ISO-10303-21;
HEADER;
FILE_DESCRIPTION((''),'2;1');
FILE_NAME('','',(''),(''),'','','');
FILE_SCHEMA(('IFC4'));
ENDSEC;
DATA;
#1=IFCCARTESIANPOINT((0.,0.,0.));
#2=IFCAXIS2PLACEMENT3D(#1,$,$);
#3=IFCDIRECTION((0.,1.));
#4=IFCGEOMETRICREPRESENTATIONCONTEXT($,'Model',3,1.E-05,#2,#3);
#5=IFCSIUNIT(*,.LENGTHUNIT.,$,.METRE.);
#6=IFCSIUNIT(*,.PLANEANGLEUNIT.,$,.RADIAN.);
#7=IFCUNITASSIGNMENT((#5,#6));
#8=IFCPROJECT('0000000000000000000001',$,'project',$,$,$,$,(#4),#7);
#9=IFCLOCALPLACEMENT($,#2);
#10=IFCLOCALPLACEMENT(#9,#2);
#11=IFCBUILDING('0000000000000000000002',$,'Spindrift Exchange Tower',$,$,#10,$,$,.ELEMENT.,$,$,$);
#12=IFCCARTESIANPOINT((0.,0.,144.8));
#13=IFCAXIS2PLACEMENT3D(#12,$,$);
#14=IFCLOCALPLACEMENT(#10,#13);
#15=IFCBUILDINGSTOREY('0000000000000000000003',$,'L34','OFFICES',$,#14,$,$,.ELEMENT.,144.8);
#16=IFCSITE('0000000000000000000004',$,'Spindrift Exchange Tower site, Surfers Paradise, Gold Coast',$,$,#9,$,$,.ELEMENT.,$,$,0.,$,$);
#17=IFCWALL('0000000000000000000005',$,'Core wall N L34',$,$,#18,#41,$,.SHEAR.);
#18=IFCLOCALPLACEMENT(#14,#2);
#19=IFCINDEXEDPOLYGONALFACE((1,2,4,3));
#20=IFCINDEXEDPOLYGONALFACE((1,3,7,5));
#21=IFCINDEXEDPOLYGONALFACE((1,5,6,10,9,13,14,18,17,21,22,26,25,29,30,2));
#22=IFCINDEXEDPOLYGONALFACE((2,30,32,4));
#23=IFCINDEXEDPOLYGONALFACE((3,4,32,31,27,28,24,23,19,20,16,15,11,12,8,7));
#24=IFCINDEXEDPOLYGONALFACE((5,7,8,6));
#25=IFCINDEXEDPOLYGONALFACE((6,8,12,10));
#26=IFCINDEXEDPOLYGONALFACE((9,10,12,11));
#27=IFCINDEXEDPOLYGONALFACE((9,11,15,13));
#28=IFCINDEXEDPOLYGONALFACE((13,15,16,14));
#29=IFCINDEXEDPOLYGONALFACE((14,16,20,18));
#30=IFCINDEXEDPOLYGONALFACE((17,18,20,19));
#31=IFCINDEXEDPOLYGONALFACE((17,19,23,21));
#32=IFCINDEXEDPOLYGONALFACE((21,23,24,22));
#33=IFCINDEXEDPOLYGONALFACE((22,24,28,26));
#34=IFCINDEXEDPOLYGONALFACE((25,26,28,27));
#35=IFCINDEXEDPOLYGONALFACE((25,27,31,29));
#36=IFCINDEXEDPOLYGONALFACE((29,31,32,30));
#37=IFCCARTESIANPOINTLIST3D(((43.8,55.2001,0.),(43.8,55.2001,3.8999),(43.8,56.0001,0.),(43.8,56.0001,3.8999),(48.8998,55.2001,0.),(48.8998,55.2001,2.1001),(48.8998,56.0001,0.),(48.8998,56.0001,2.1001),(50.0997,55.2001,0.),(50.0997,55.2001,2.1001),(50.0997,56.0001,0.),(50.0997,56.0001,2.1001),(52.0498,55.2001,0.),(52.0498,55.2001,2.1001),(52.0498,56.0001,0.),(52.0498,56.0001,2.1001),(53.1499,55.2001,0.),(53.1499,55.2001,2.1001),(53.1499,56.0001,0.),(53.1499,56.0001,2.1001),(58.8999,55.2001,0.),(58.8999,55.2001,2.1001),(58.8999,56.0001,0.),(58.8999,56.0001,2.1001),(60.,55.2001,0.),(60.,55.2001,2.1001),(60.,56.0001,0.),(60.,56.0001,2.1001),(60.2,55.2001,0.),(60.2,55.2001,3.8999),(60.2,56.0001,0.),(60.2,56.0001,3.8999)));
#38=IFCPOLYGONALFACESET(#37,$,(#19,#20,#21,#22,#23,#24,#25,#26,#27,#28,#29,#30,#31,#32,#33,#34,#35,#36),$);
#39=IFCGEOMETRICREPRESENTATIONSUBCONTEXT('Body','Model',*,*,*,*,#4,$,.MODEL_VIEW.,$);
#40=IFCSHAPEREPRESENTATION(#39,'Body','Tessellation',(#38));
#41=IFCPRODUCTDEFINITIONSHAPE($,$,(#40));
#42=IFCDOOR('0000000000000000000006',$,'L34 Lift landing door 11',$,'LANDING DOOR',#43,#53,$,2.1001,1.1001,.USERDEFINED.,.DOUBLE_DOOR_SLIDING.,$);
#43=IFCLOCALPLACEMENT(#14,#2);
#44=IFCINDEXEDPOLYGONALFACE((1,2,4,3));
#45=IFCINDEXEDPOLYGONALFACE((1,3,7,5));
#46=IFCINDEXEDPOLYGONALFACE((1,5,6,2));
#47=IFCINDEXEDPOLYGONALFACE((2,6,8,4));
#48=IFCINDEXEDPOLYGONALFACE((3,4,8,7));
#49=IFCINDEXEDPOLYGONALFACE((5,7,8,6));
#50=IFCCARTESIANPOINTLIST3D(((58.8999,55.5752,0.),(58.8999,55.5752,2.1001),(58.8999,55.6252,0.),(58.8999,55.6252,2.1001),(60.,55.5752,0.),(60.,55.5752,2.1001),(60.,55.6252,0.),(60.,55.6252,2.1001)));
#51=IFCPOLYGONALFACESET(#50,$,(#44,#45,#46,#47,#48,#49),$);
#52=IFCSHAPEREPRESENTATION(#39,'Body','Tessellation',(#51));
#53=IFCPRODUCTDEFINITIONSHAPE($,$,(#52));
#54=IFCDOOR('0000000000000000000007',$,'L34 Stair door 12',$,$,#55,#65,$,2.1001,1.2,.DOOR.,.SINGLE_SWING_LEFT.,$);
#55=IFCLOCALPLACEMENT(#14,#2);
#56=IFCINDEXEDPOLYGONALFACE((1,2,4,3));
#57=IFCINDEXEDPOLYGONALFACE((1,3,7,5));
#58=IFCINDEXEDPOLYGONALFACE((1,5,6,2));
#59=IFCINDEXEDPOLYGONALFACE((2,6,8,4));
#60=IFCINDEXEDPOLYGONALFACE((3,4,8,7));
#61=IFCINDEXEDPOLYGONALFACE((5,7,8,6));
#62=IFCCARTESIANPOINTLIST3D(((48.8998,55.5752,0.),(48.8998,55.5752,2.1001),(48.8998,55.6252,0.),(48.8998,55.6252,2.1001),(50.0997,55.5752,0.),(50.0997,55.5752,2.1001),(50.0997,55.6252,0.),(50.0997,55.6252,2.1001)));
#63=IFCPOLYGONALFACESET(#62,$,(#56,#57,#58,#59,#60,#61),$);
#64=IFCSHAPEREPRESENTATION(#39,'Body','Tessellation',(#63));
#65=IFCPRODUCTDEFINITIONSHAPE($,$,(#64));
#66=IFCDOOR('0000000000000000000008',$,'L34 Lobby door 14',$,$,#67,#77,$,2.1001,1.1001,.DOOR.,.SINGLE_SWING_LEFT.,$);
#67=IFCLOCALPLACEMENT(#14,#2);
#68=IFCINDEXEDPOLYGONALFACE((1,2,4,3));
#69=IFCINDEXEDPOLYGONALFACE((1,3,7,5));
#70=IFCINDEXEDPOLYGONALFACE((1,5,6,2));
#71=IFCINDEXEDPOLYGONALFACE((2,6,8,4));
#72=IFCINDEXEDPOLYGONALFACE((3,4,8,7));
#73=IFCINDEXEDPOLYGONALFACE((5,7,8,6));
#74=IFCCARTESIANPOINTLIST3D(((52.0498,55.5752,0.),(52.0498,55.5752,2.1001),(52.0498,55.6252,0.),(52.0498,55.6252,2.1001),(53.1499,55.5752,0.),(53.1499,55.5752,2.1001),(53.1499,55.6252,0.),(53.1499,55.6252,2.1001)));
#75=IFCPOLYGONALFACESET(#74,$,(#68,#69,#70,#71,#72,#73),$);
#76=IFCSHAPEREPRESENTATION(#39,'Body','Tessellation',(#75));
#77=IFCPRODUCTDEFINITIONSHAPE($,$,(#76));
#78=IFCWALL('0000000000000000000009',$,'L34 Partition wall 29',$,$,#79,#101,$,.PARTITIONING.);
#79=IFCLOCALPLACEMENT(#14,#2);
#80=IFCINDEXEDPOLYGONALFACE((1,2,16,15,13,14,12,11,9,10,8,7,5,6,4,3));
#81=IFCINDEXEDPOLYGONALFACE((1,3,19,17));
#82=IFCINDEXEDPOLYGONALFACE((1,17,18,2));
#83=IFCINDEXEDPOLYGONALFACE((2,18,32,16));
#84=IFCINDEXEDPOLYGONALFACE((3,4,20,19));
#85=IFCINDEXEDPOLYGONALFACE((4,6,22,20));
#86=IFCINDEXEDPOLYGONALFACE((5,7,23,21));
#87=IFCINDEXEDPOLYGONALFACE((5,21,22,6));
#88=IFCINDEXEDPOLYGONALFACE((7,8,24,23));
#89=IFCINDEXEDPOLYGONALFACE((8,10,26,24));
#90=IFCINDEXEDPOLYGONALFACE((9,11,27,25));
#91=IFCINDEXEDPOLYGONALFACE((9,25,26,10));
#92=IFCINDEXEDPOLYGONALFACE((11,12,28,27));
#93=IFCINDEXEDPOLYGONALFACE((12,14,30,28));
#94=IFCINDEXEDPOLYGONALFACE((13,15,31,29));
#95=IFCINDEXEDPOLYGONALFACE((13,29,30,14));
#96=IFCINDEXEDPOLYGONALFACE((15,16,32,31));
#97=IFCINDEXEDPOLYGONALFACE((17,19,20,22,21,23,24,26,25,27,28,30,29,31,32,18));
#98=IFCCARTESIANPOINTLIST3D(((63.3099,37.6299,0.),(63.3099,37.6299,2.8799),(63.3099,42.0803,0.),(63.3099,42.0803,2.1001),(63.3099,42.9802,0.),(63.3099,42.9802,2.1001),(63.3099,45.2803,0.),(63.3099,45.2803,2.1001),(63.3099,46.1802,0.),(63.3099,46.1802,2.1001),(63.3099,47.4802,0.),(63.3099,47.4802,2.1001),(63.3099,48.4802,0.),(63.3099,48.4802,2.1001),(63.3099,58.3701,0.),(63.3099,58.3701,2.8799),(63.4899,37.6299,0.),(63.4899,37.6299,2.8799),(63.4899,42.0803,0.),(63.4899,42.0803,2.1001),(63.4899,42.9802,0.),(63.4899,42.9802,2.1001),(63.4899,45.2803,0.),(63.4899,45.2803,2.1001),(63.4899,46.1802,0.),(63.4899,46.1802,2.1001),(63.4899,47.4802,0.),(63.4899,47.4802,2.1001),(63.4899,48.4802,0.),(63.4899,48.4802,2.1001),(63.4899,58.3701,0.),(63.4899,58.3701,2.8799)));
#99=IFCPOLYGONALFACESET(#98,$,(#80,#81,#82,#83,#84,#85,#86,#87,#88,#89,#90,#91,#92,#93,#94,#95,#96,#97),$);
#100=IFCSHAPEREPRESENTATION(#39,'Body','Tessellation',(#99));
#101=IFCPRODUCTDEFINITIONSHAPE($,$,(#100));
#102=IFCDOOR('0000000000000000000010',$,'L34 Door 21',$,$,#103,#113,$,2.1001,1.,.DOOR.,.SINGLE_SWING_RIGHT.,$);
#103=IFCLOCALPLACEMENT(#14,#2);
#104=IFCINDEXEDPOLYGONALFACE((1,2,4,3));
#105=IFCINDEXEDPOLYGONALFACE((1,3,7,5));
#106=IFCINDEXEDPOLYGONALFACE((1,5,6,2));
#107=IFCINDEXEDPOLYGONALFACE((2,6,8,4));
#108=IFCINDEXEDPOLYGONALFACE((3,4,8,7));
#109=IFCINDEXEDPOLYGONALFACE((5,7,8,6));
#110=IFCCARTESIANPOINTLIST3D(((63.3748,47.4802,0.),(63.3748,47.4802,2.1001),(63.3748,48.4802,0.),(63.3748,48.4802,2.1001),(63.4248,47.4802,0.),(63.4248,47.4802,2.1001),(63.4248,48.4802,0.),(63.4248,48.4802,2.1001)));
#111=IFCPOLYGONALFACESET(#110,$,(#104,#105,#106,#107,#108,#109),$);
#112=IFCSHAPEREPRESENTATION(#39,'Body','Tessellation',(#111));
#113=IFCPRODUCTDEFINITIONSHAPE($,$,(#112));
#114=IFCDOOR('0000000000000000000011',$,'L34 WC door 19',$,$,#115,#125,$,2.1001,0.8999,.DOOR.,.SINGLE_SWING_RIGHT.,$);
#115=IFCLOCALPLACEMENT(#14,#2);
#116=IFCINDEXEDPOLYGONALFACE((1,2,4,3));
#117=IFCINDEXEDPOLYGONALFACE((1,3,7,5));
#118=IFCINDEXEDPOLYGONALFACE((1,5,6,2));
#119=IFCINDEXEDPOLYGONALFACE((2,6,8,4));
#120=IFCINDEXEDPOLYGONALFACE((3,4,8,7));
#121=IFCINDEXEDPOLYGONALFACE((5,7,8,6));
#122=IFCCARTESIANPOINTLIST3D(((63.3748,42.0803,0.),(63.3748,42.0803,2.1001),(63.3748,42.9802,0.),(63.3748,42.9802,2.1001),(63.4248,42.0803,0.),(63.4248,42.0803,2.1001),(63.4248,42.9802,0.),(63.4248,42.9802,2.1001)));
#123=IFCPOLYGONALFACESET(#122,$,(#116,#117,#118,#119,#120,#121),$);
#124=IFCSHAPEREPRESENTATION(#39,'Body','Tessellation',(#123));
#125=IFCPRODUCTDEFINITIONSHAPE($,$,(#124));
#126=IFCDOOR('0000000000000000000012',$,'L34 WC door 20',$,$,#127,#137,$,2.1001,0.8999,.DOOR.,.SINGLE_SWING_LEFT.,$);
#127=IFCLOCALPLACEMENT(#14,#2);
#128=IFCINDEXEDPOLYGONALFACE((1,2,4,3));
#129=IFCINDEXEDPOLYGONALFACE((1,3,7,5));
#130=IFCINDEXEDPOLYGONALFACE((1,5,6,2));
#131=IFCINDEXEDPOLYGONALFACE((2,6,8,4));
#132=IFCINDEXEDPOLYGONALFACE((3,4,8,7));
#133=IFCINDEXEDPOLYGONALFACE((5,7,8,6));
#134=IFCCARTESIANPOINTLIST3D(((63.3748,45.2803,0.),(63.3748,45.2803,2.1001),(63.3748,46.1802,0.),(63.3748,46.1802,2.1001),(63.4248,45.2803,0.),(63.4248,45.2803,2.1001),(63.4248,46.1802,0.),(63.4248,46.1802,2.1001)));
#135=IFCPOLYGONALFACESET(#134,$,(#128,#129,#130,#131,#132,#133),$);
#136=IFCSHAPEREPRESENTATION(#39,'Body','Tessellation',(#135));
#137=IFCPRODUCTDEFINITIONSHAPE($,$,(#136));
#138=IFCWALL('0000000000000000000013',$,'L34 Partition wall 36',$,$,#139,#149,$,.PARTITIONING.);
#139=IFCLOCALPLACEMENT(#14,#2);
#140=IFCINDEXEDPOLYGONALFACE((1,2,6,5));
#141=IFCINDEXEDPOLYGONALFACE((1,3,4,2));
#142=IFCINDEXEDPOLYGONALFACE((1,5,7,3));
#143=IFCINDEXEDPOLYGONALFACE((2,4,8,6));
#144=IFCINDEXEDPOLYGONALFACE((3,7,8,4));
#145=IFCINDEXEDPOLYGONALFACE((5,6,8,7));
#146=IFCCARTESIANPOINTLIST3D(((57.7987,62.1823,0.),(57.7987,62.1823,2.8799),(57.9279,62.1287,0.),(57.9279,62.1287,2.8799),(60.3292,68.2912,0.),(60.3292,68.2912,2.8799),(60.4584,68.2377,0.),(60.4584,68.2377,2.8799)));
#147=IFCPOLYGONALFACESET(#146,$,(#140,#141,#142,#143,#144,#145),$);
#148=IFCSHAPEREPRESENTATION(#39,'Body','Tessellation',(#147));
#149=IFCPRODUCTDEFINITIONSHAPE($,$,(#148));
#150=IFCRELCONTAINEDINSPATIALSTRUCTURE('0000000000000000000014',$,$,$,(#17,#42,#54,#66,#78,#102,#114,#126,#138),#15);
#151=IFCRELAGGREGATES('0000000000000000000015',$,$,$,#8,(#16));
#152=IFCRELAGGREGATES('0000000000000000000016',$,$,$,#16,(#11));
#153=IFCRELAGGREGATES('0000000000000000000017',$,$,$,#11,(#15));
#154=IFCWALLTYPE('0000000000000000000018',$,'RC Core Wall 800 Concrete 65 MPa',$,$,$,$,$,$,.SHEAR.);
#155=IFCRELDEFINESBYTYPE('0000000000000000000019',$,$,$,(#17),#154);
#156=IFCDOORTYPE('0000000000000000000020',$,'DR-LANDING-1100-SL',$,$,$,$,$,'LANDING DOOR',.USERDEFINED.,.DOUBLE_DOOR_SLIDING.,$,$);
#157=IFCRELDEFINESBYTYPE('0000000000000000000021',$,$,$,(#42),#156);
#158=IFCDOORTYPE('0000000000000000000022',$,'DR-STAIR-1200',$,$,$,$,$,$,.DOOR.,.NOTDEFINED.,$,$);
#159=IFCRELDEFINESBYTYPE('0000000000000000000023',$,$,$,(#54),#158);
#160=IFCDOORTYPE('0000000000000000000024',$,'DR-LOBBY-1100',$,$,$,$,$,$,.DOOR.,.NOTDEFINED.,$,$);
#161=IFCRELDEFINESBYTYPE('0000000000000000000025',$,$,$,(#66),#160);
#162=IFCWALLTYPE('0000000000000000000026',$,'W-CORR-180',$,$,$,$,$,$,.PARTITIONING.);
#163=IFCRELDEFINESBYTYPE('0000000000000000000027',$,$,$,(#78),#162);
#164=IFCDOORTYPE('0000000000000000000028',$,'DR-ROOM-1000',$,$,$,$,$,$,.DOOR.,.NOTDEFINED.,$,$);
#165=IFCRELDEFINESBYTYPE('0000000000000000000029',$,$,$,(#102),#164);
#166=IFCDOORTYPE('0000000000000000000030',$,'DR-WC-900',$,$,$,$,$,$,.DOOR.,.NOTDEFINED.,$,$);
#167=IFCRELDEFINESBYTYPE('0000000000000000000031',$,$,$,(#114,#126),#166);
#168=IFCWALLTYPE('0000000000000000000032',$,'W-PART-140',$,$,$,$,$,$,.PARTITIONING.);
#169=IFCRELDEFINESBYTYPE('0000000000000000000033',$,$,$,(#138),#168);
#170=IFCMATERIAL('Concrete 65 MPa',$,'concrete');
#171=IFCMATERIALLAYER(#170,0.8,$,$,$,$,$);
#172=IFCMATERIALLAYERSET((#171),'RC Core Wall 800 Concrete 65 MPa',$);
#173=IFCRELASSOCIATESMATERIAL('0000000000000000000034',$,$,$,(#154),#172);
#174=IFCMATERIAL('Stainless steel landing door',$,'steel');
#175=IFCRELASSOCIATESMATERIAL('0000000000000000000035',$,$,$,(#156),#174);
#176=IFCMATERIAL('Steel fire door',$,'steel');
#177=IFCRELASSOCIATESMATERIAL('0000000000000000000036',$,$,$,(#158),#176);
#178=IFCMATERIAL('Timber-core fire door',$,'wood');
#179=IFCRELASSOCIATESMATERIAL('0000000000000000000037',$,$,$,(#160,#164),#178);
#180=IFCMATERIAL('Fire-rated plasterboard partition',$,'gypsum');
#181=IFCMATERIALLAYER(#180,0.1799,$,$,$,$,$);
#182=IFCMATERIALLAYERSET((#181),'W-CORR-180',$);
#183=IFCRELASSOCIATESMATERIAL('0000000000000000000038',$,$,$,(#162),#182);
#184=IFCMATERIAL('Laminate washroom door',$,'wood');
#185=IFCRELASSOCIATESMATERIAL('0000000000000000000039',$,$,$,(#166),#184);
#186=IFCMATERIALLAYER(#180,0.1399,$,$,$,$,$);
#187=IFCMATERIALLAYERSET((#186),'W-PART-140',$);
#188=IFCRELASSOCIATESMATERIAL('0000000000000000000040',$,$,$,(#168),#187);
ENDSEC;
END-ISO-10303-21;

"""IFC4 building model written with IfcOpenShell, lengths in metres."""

from ifc_helpers import new_model, si_unit, direction, frame, frame_2d, origin, place, context, subcontext, project, spatial, rectangle, extrude, source, transform, mapped, material, layer, layer_set, type_object, element, fill, save


model = new_model("IFC4")

# Units and contexts
model_context = context("Model", 3, precision=1e-05, world=origin(), true_north=direction((0.0, 1.0)))
body_context = subcontext(model_context, "Body", "Model", "MODEL_VIEW")
ifc_project = project(units=[si_unit("LENGTHUNIT", "METRE"), si_unit("PLANEANGLEUNIT", "RADIAN")], contexts=[model_context])

# Site, building, storey
site_placement = place(None, origin())
site = spatial("IfcSite", under=ifc_project, at=site_placement, Name="Spindrift Exchange Tower site, Surfers Paradise, Gold Coast", CompositionType="ELEMENT", RefElevation=0.0)
building_placement = place(site_placement, origin())
building = spatial("IfcBuilding", under=site, at=building_placement, Name="Spindrift Exchange Tower", CompositionType="ELEMENT")
storey_placement = place(building_placement, frame((0.0, 0.0, 144.8)))
storey = spatial("IfcBuildingStorey", under=building, at=storey_placement, Name="L34", Description="OFFICES", CompositionType="ELEMENT", Elevation=144.8)

# Walls, openings, doors
ifc_material_1 = material(Name="Concrete 65 MPa", Category="concrete")
ifc_layer_1 = layer(ifc_material_1, 0.8)
ifc_layer_set_1 = layer_set([ifc_layer_1], Name="RC Core Wall 800 Concrete 65 MPa")
wall_type_1 = type_object("IfcWallType", Name="RC Core Wall 800 Concrete 65 MPa", PredefinedType="SHEAR", material=ifc_layer_set_1)
wall_1_placement = place(storey_placement, frame((60.2, 55.6001, 0.0), z_axis=(0.0, 0.0, 1.0), x_axis=(-1.0, 0.0, 0.0)))
wall_1 = element("IfcWall", 1, at=wall_1_placement, inside=storey, type_object=wall_type_1, Name="Core wall N L34", PredefinedType="SHEAR", context=body_context, shape_type="SweptSolid", body=[
    extrude(rectangle(XDim=16.3999, YDim=0.8, at=frame_2d((8.2, 0.0))), origin(), (0.0, 0.0, 1.0), 3.8999),
])
opening_1_placement = place(wall_1_placement, frame((0.2, 0.0, 0.0)))
opening_1 = element("IfcOpeningElement", 2, at=opening_1_placement, cuts=wall_1, PredefinedType="OPENING", context=body_context, shape_type="SweptSolid", body=[
    extrude(rectangle(XDim=1.1001, YDim=2.1001, at=frame_2d((0.55, 1.05))), frame((0.0, 0.4099, 0.0), z_axis=(0.0, -1.0, 0.0), x_axis=(1.0, 0.0, 0.0)), (0.0, 0.0, 1.0), 0.8201),
])
opening_2_placement = place(wall_1_placement, frame((10.1001, 0.0, 0.0)))
opening_2 = element("IfcOpeningElement", 3, at=opening_2_placement, cuts=wall_1, PredefinedType="OPENING", context=body_context, shape_type="SweptSolid", body=[
    extrude(rectangle(XDim=1.2, YDim=2.1001, at=frame_2d((0.6001, 1.05))), frame((0.0, 0.4099, 0.0), z_axis=(0.0, -1.0, 0.0), x_axis=(1.0, 0.0, 0.0)), (0.0, 0.0, 1.0), 0.8201),
])
opening_3_placement = place(wall_1_placement, frame((7.05, 0.0, 0.0)))
opening_3 = element("IfcOpeningElement", 4, at=opening_3_placement, cuts=wall_1, PredefinedType="OPENING", context=body_context, shape_type="SweptSolid", body=[
    extrude(rectangle(XDim=1.1001, YDim=2.1001, at=frame_2d((0.55, 1.05))), frame((0.0, 0.4099, 0.0), z_axis=(0.0, -1.0, 0.0), x_axis=(1.0, 0.0, 0.0)), (0.0, 0.0, 1.0), 0.8201),
])
ifc_material_2 = material(Name="Stainless steel landing door", Category="steel")
door_type_1 = type_object("IfcDoorType", Name="DR-LANDING-1100-SL", ElementType="LANDING DOOR", OperationType="DOUBLE_DOOR_SLIDING", PredefinedType="USERDEFINED", material=ifc_material_2)
shared_shape_1 = source(origin(), body_context, "Body", "SweptSolid", [
    extrude(rectangle(XDim=1.1001, YDim=2.1001, at=frame_2d((0.55, 1.05))), frame((0.0, 0.0249, 0.0), z_axis=(0.0, -1.0, 0.0), x_axis=(1.0, 0.0, 0.0)), (0.0, 0.0, 1.0), 0.05),
])
door_1_placement = place(opening_1_placement, origin())
door_1 = element("IfcDoor", 5, at=door_1_placement, inside=storey, type_object=door_type_1, Name="L34 Lift landing door 11", ObjectType="LANDING DOOR", OperationType="DOUBLE_DOOR_SLIDING", OverallHeight=2.1001, OverallWidth=1.1001, PredefinedType="USERDEFINED", context=body_context, shape_type="MappedRepresentation", body=[
    mapped(shared_shape_1, transform((0.0, 0.0, 0.0), scale=1.0)),
])
fill(opening_1, door_1)
ifc_material_3 = material(Name="Steel fire door", Category="steel")
door_type_2 = type_object("IfcDoorType", Name="DR-STAIR-1200", OperationType="NOTDEFINED", PredefinedType="DOOR", material=ifc_material_3)
shared_shape_2 = source(origin(), body_context, "Body", "SweptSolid", [
    extrude(rectangle(XDim=1.2, YDim=2.1001, at=frame_2d((0.6001, 1.05))), frame((0.0, 0.0249, 0.0), z_axis=(0.0, -1.0, 0.0), x_axis=(1.0, 0.0, 0.0)), (0.0, 0.0, 1.0), 0.05),
])
door_2_placement = place(opening_2_placement, origin())
door_2 = element("IfcDoor", 6, at=door_2_placement, inside=storey, type_object=door_type_2, Name="L34 Stair door 12", OperationType="SINGLE_SWING_LEFT", OverallHeight=2.1001, OverallWidth=1.2, PredefinedType="DOOR", context=body_context, shape_type="MappedRepresentation", body=[
    mapped(shared_shape_2, transform((0.0, 0.0, 0.0), scale=1.0)),
])
fill(opening_2, door_2)
ifc_material_4 = material(Name="Timber-core fire door", Category="wood")
door_type_3 = type_object("IfcDoorType", Name="DR-LOBBY-1100", OperationType="NOTDEFINED", PredefinedType="DOOR", material=ifc_material_4)
shared_shape_3 = source(origin(), body_context, "Body", "SweptSolid", [
    extrude(rectangle(XDim=1.1001, YDim=2.1001, at=frame_2d((0.55, 1.05))), frame((0.0, 0.0249, 0.0), z_axis=(0.0, -1.0, 0.0), x_axis=(1.0, 0.0, 0.0)), (0.0, 0.0, 1.0), 0.05),
])
door_3_placement = place(opening_3_placement, origin())
door_3 = element("IfcDoor", 7, at=door_3_placement, inside=storey, type_object=door_type_3, Name="L34 Lobby door 14", OperationType="SINGLE_SWING_LEFT", OverallHeight=2.1001, OverallWidth=1.1001, PredefinedType="DOOR", context=body_context, shape_type="MappedRepresentation", body=[
    mapped(shared_shape_3, transform((0.0, 0.0, 0.0), scale=1.0)),
])
fill(opening_3, door_3)
ifc_material_5 = material(Name="Fire-rated plasterboard partition", Category="gypsum")
ifc_layer_2 = layer(ifc_material_5, 0.1799)
ifc_layer_set_2 = layer_set([ifc_layer_2], Name="W-CORR-180")
wall_type_2 = type_object("IfcWallType", Name="W-CORR-180", PredefinedType="PARTITIONING", material=ifc_layer_set_2)
wall_2_placement = place(storey_placement, frame((63.3999, 58.3701, 0.0), z_axis=(0.0, 0.0, 1.0), x_axis=(0.0, -1.0, 0.0)))
wall_2 = element("IfcWall", 8, at=wall_2_placement, inside=storey, type_object=wall_type_2, Name="L34 Partition wall 29", PredefinedType="PARTITIONING", context=body_context, shape_type="SweptSolid", body=[
    extrude(rectangle(XDim=20.7402, YDim=0.1799, at=frame_2d((10.3701, 0.0))), origin(), (0.0, 0.0, 1.0), 2.8799),
])
opening_4_placement = place(wall_2_placement, frame((15.3899, 0.0, 0.0)))
opening_4 = element("IfcOpeningElement", 9, at=opening_4_placement, cuts=wall_2, PredefinedType="OPENING", context=body_context, shape_type="SweptSolid", body=[
    extrude(rectangle(XDim=0.8999, YDim=2.1001, at=frame_2d((0.45, 1.05))), frame((0.0, 0.0999, 0.0), z_axis=(0.0, -1.0, 0.0), x_axis=(1.0, 0.0, 0.0)), (0.0, 0.0, 1.0), 0.2),
])
opening_5_placement = place(wall_2_placement, frame((12.1899, 0.0, 0.0)))
opening_5 = element("IfcOpeningElement", 10, at=opening_5_placement, cuts=wall_2, PredefinedType="OPENING", context=body_context, shape_type="SweptSolid", body=[
    extrude(rectangle(XDim=0.8999, YDim=2.1001, at=frame_2d((0.45, 1.05))), frame((0.0, 0.0999, 0.0), z_axis=(0.0, -1.0, 0.0), x_axis=(1.0, 0.0, 0.0)), (0.0, 0.0, 1.0), 0.2),
])
opening_6_placement = place(wall_2_placement, frame((9.8899, 0.0, 0.0)))
opening_6 = element("IfcOpeningElement", 11, at=opening_6_placement, cuts=wall_2, PredefinedType="OPENING", context=body_context, shape_type="SweptSolid", body=[
    extrude(rectangle(XDim=1.0, YDim=2.1001, at=frame_2d((0.5, 1.05))), frame((0.0, 0.0999, 0.0), z_axis=(0.0, -1.0, 0.0), x_axis=(1.0, 0.0, 0.0)), (0.0, 0.0, 1.0), 0.2),
])
door_type_4 = type_object("IfcDoorType", Name="DR-ROOM-1000", OperationType="NOTDEFINED", PredefinedType="DOOR", material=ifc_material_4)
shared_shape_4 = source(origin(), body_context, "Body", "SweptSolid", [
    extrude(rectangle(XDim=1.0, YDim=2.1001, at=frame_2d((0.5, 1.05))), frame((0.0, 0.0249, 0.0), z_axis=(0.0, -1.0, 0.0), x_axis=(1.0, 0.0, 0.0)), (0.0, 0.0, 1.0), 0.05),
])
door_4_placement = place(opening_6_placement, origin())
door_4 = element("IfcDoor", 12, at=door_4_placement, inside=storey, type_object=door_type_4, Name="L34 Door 21", OperationType="SINGLE_SWING_RIGHT", OverallHeight=2.1001, OverallWidth=1.0, PredefinedType="DOOR", context=body_context, shape_type="MappedRepresentation", body=[
    mapped(shared_shape_4, transform((0.0, 0.0, 0.0), scale=1.0)),
])
fill(opening_6, door_4)
ifc_material_6 = material(Name="Laminate washroom door", Category="wood")
door_type_5 = type_object("IfcDoorType", Name="DR-WC-900", OperationType="NOTDEFINED", PredefinedType="DOOR", material=ifc_material_6)
shared_shape_5 = source(origin(), body_context, "Body", "SweptSolid", [
    extrude(rectangle(XDim=0.8999, YDim=2.1001, at=frame_2d((0.45, 1.05))), frame((0.0, 0.0249, 0.0), z_axis=(0.0, -1.0, 0.0), x_axis=(1.0, 0.0, 0.0)), (0.0, 0.0, 1.0), 0.05),
])
door_5_placement = place(opening_4_placement, origin())
door_5 = element("IfcDoor", 13, at=door_5_placement, inside=storey, type_object=door_type_5, Name="L34 WC door 19", OperationType="SINGLE_SWING_RIGHT", OverallHeight=2.1001, OverallWidth=0.8999, PredefinedType="DOOR", context=body_context, shape_type="MappedRepresentation", body=[
    mapped(shared_shape_5, transform((0.0, 0.0, 0.0), scale=1.0)),
])
fill(opening_4, door_5)
door_6_placement = place(opening_5_placement, origin())
door_6 = element("IfcDoor", 14, at=door_6_placement, inside=storey, type_object=door_type_5, Name="L34 WC door 20", OperationType="SINGLE_SWING_LEFT", OverallHeight=2.1001, OverallWidth=0.8999, PredefinedType="DOOR", context=body_context, shape_type="MappedRepresentation", body=[
    mapped(shared_shape_5, transform((0.0, 0.0, 0.0), scale=1.0)),
])
fill(opening_5, door_6)

# Wall
ifc_layer_3 = layer(ifc_material_5, 0.1399)
ifc_layer_set_3 = layer_set([ifc_layer_3], Name="W-PART-140")
wall_type_3 = type_object("IfcWallType", Name="W-PART-140", PredefinedType="PARTITIONING", material=ifc_layer_set_3)
wall_3_placement = place(storey_placement, frame((57.8633, 62.1555, 0.0), z_axis=(0.0, 0.0, 1.0), x_axis=(0.382701, 0.923872, 0.0)))
element("IfcWall", 15, at=wall_3_placement, inside=storey, type_object=wall_type_3, Name="L34 Partition wall 36", PredefinedType="PARTITIONING", context=body_context, shape_type="SweptSolid", body=[
    extrude(rectangle(XDim=6.6123, YDim=0.1399, at=frame_2d((3.3062, 0.0))), origin(), (0.0, 0.0, 1.0), 2.8799),
])

save(model, "model.ifc")
